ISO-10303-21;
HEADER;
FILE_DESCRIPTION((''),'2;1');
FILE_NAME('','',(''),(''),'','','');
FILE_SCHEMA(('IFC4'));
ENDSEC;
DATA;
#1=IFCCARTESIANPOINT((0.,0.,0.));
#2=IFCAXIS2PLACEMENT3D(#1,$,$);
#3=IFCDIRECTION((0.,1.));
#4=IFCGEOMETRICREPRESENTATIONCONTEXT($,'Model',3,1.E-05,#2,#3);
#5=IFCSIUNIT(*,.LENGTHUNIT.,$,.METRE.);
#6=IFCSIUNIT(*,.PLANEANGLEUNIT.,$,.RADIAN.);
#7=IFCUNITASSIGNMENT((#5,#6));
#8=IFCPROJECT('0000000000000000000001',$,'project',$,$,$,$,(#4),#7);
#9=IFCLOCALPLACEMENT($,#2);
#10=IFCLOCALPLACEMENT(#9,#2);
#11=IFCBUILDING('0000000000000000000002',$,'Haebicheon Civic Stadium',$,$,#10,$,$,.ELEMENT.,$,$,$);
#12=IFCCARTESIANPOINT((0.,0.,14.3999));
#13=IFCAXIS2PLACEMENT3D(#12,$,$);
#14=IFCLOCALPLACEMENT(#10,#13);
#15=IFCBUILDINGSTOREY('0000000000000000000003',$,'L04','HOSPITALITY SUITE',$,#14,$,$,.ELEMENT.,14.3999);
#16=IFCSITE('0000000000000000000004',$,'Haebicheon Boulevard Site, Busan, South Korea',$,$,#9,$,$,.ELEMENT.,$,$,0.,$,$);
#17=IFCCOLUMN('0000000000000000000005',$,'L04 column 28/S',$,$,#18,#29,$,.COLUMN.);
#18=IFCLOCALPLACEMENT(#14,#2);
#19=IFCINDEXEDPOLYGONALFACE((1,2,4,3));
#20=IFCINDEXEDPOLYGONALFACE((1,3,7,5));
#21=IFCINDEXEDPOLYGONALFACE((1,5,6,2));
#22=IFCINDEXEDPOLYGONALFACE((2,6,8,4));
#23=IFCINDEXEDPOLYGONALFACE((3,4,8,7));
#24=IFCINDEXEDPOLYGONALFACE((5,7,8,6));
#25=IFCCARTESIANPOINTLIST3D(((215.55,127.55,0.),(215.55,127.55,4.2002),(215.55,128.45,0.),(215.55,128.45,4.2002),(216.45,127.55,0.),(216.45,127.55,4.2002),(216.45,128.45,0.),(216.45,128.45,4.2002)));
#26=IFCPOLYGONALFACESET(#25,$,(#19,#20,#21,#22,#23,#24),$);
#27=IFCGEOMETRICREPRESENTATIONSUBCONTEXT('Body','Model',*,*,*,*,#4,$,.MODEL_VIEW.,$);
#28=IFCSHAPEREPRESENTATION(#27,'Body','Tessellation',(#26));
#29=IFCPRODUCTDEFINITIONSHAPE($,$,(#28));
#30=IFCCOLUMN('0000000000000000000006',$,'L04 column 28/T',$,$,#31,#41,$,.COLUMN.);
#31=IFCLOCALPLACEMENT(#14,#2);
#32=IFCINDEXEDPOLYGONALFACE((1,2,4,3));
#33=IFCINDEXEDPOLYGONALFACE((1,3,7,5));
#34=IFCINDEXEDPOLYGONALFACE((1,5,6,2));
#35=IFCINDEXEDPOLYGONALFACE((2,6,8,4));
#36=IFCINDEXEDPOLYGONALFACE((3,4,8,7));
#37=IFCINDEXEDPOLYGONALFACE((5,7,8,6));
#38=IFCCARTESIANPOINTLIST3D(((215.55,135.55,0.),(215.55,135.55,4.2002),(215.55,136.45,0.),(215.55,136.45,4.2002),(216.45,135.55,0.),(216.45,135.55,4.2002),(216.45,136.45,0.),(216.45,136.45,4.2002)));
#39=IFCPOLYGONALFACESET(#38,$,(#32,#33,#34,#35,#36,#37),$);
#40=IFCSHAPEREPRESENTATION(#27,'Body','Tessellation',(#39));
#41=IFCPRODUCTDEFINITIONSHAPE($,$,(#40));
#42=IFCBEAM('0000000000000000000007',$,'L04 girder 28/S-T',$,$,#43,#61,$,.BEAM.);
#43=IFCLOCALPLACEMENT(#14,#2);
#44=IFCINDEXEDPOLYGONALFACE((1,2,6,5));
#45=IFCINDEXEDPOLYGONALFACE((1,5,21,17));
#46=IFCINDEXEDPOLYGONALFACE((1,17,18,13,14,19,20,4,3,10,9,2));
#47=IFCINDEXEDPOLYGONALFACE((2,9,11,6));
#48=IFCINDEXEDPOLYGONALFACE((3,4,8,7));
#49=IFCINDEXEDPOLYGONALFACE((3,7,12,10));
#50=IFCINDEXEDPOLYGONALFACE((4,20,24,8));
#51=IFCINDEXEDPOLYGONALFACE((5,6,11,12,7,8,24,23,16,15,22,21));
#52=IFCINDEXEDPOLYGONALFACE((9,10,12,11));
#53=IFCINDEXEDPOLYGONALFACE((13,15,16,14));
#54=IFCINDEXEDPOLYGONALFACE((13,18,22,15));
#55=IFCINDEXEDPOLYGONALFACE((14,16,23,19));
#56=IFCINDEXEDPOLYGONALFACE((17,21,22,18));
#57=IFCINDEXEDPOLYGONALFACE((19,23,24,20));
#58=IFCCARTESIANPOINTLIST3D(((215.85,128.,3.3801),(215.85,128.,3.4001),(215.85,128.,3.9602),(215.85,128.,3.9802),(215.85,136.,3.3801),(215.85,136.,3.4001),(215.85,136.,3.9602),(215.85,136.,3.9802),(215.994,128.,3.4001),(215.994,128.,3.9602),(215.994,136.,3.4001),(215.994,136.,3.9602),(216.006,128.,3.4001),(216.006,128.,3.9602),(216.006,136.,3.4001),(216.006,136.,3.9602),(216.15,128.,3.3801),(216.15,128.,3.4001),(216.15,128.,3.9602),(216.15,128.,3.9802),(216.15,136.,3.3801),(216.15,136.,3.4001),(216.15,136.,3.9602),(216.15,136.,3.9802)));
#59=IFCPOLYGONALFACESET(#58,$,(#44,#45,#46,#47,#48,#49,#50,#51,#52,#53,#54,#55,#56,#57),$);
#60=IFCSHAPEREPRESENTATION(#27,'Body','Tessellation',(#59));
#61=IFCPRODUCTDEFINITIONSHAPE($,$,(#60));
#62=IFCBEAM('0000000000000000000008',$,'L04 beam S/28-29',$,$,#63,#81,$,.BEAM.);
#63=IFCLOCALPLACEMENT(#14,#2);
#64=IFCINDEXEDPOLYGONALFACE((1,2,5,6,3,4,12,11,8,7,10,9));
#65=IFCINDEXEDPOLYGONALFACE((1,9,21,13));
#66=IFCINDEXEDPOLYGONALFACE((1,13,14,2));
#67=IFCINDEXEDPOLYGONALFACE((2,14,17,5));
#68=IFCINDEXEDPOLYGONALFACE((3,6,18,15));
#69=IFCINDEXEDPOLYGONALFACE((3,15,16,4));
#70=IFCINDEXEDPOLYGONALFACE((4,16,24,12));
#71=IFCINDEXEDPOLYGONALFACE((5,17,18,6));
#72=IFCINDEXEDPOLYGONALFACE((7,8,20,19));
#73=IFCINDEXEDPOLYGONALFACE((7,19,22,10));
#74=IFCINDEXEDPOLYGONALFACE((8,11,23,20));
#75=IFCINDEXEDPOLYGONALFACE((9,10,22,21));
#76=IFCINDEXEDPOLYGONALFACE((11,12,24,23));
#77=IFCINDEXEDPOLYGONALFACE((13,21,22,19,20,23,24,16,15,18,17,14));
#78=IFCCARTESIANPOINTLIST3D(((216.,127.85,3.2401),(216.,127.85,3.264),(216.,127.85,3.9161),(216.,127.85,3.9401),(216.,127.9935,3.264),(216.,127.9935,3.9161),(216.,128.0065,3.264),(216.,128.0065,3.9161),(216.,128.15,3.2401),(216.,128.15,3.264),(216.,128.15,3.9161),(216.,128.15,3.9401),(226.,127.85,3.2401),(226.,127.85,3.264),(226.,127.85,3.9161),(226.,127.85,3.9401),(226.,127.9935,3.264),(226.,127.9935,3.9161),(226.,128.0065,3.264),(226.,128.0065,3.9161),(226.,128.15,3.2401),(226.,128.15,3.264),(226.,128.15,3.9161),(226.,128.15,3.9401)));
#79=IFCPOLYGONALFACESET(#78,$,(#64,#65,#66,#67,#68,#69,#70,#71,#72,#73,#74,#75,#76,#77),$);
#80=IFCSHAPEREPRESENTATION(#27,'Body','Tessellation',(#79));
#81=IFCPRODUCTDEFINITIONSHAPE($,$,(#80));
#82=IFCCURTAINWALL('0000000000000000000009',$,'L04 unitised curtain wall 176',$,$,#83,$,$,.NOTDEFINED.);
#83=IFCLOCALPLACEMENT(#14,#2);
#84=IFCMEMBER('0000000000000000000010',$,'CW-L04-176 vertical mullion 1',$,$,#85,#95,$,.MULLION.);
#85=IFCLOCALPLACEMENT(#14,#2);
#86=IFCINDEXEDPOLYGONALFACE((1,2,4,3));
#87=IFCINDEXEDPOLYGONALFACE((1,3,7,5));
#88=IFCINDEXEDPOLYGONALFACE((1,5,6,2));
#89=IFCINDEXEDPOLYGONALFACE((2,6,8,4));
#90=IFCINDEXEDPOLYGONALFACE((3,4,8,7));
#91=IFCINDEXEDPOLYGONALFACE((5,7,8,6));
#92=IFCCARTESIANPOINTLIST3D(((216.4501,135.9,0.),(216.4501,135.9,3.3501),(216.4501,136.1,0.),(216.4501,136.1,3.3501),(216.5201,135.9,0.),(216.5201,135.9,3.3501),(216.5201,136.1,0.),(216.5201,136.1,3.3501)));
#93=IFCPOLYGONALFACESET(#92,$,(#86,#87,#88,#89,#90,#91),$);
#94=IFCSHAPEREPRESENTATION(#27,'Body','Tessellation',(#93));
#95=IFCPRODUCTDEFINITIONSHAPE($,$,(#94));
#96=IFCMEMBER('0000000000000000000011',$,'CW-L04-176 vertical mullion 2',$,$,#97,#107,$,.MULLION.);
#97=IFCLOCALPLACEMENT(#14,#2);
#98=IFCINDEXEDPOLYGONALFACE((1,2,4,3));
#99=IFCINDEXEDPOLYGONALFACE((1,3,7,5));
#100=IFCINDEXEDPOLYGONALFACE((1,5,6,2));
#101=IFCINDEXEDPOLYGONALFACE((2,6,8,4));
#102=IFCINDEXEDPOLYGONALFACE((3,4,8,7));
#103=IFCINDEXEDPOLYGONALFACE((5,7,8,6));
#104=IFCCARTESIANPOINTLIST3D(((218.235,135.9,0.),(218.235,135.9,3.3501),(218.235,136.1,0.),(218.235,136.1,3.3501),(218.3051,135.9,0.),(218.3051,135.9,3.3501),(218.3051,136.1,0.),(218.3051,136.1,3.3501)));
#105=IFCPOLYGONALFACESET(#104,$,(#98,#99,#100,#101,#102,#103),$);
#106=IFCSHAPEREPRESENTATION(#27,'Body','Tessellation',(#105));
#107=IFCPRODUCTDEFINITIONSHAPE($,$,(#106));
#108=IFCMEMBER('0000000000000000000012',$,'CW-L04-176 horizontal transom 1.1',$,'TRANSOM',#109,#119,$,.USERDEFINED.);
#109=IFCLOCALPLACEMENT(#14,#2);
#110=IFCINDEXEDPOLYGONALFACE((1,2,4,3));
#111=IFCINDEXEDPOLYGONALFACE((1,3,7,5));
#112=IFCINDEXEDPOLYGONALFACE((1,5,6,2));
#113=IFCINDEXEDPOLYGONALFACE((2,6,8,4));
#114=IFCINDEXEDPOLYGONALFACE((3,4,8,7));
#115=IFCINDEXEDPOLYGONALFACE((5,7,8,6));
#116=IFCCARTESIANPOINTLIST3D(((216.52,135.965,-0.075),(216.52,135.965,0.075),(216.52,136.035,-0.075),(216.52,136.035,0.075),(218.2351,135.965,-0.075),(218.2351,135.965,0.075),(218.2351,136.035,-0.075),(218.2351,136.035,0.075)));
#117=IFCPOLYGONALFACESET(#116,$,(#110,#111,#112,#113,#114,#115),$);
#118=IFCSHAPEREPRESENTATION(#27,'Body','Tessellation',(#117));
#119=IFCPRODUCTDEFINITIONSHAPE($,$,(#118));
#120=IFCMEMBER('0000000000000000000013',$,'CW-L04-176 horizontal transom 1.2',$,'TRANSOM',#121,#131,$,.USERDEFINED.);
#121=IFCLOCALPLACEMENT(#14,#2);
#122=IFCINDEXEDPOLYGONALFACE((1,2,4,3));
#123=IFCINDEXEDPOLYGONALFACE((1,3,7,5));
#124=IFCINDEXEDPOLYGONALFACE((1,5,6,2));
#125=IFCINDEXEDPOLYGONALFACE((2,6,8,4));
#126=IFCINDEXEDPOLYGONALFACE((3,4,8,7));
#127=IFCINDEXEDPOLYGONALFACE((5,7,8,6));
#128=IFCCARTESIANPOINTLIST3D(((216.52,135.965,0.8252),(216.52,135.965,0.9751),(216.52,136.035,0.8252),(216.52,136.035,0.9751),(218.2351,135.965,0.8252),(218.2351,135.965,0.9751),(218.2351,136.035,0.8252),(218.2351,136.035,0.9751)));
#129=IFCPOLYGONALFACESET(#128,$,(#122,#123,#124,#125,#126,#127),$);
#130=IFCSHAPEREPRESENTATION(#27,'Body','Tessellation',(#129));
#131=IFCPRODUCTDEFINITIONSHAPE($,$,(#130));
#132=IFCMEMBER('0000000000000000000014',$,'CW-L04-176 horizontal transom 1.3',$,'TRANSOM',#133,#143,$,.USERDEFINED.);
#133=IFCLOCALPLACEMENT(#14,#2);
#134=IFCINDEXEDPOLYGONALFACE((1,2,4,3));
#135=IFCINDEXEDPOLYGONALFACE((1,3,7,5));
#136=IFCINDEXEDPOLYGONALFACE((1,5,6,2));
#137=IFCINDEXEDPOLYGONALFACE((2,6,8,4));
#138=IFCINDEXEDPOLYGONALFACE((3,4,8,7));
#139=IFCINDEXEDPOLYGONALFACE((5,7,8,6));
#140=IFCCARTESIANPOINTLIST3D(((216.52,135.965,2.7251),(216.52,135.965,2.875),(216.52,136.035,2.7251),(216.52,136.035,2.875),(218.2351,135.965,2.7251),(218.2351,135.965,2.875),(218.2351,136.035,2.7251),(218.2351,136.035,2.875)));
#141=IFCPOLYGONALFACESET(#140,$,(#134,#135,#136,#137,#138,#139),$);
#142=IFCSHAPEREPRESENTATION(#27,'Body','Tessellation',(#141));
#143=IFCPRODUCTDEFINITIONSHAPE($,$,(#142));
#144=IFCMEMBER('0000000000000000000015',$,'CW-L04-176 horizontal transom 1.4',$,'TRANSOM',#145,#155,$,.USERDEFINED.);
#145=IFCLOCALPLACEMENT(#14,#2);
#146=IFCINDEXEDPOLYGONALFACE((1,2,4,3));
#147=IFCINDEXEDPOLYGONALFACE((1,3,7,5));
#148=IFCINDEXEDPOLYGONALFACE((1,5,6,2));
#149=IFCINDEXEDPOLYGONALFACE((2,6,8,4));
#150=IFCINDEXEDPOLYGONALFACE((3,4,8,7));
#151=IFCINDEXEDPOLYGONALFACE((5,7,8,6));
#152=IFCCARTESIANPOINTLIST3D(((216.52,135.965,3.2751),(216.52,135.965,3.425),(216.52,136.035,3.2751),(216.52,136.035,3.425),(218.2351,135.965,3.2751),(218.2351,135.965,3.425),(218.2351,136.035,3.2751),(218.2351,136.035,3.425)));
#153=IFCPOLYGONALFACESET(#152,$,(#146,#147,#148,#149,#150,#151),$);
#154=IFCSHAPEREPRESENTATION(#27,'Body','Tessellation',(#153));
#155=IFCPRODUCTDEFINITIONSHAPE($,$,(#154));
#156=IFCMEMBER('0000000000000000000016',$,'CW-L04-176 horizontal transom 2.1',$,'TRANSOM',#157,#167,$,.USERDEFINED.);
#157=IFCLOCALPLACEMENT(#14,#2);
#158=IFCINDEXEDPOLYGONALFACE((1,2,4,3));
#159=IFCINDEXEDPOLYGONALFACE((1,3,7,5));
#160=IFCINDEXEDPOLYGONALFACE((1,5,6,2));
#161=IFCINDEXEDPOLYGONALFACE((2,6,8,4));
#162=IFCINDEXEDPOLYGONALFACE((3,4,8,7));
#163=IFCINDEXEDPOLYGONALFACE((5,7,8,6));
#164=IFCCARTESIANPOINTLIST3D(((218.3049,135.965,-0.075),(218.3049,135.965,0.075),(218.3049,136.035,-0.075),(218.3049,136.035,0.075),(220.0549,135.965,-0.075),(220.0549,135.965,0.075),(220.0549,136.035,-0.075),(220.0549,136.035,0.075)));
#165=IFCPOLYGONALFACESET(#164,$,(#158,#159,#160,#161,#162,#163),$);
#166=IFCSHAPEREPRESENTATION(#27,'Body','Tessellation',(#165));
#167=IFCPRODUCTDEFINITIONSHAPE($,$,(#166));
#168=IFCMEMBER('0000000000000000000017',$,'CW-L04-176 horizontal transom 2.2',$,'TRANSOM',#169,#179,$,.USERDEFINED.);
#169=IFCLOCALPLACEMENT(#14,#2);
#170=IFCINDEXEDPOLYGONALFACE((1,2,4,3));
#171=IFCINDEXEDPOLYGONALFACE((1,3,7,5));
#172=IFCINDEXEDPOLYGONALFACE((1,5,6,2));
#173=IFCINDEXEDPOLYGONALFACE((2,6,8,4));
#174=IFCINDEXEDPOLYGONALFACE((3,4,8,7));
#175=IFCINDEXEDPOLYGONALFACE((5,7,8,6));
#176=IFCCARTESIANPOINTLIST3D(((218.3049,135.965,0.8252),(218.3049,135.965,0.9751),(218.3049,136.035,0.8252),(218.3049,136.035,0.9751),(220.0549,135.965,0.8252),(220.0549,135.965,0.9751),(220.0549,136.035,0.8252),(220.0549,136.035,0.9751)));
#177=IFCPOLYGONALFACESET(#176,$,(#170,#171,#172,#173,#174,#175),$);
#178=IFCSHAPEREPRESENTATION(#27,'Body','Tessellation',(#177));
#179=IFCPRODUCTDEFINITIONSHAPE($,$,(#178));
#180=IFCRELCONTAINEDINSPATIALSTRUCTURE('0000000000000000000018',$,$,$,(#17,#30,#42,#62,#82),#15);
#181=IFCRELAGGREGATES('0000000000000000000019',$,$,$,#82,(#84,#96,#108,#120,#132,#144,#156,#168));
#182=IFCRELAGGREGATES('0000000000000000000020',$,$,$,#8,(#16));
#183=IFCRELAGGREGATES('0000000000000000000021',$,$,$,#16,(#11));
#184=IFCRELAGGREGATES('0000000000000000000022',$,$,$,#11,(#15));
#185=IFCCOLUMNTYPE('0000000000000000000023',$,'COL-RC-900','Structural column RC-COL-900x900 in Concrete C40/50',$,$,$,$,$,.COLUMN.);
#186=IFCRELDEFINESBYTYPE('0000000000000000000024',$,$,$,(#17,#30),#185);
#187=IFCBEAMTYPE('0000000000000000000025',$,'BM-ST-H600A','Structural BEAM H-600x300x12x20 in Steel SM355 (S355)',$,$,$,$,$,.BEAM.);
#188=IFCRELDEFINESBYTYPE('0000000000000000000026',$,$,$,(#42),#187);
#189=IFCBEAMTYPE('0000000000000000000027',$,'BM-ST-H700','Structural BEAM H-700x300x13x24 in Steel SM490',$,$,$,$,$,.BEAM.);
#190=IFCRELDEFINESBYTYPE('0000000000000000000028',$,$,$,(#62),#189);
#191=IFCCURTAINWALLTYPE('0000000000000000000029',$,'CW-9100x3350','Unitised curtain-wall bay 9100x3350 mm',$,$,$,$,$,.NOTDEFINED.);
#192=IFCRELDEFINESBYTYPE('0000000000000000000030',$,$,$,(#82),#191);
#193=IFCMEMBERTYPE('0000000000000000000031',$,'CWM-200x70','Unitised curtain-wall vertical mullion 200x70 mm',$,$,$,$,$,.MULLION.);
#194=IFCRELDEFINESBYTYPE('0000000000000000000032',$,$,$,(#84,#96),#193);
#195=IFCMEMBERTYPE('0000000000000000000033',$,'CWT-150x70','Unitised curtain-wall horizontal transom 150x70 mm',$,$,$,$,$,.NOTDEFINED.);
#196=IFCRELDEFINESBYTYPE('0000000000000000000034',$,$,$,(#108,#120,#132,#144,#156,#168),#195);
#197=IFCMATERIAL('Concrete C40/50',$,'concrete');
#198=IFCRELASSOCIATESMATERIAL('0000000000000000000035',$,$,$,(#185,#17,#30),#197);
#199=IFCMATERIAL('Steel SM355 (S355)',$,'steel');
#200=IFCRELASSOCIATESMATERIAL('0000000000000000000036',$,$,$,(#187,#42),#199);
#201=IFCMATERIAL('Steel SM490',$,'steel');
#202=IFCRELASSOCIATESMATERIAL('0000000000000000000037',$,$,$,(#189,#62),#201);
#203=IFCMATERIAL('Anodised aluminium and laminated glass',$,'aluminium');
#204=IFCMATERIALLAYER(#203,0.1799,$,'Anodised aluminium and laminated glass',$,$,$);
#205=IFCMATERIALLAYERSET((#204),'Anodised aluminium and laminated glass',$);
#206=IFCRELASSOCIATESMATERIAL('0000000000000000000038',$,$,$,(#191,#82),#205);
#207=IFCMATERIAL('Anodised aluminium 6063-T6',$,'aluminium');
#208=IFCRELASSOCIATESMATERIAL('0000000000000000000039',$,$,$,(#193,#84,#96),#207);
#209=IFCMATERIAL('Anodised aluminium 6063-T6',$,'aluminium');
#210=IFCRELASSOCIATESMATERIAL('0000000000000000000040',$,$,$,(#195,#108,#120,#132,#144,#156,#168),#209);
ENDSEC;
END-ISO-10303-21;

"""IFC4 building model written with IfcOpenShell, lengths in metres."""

from ifc_helpers import new_model, si_unit, direction, frame, origin, origin_2d, place, context, subcontext, project, spatial, rectangle, i_section, extrude, material, layer, layer_set, material_profile, profile_set, type_object, element, aggregate, save


model = new_model("IFC4")

# Units and contexts
model_context = context("Model", 3, precision=1e-05, world=origin(), true_north=direction((0.0, 1.0)))
body_context = subcontext(model_context, "Body", "Model", "MODEL_VIEW")
ifc_project = project(units=[si_unit("LENGTHUNIT", "METRE"), si_unit("PLANEANGLEUNIT", "RADIAN")], contexts=[model_context])

# Site, building, storey
site_placement = place(None, origin())
site = spatial("IfcSite", under=ifc_project, at=site_placement, Name="Haebicheon Boulevard Site, Busan, South Korea", CompositionType="ELEMENT", RefElevation=0.0)
building_placement = place(site_placement, origin())
building = spatial("IfcBuilding", under=site, at=building_placement, Name="Haebicheon Civic Stadium", CompositionType="ELEMENT")
storey_placement = place(building_placement, frame((0.0, 0.0, 14.3999)))
storey = spatial("IfcBuildingStorey", under=building, at=storey_placement, Name="L04", Description="HOSPITALITY SUITE", CompositionType="ELEMENT", Elevation=14.3999)

# Columns
ifc_material_1 = material(Name="Concrete C40/50", Category="concrete")
ifc_material_profile_1 = material_profile(ifc_material_1, rectangle(XDim=0.8999, YDim=0.8999, at=origin_2d()), Name="RC-COL-900x900")
ifc_profile_set_1 = profile_set([ifc_material_profile_1], Name="Concrete C40/50")
column_type = type_object("IfcColumnType", Name="COL-RC-900", Description="Structural column RC-COL-900x900 in Concrete C40/50", PredefinedType="COLUMN", material=ifc_profile_set_1)
for number, where, z_axis, x_axis, name in (
    (1, (216.0, 128.0, 0.0), (0.0, 0.0, 1.0), (1.0, 0.0, 0.0), "L04 column 28/S"),
    (2, (216.0, 136.0, 0.0), (0.0, 0.0, 1.0), (1.0, 0.0, 0.0), "L04 column 28/T"),
):
    element("IfcColumn", number, at=place(storey_placement, frame(where, z_axis=z_axis, x_axis=x_axis)), inside=storey, type_object=column_type, material=ifc_profile_set_1, Name=name, PredefinedType="COLUMN", context=body_context, shape_type="SweptSolid", body=[
        extrude(rectangle(XDim=0.8999, YDim=0.8999, at=origin_2d()), origin(), (0.0, 0.0, 1.0), 4.2002),
    ])

# Beams
ifc_material_2 = material(Name="Steel SM355 (S355)", Category="steel")
ifc_material_profile_2 = material_profile(ifc_material_2, i_section(OverallWidth=0.3, OverallDepth=0.6001, WebThickness=0.012, FlangeThickness=0.02, at=origin_2d()), Name="H-600x300x12x20")
ifc_profile_set_2 = profile_set([ifc_material_profile_2], Name="Steel SM355 (S355)")
beam_type_1 = type_object("IfcBeamType", Name="BM-ST-H600A", Description="Structural BEAM H-600x300x12x20 in Steel SM355 (S355)", PredefinedType="BEAM", material=ifc_profile_set_2)
beam_1_placement = place(storey_placement, frame((216.0, 128.0, 3.6802), z_axis=(0.0, 1.0, 0.0), x_axis=(-1.0, 0.0, 0.0)))
element("IfcBeam", 3, at=beam_1_placement, inside=storey, type_object=beam_type_1, material=ifc_profile_set_2, Name="L04 girder 28/S-T", PredefinedType="BEAM", context=body_context, shape_type="SweptSolid", body=[
    extrude(i_section(OverallWidth=0.3, OverallDepth=0.6001, WebThickness=0.012, FlangeThickness=0.02, at=origin_2d()), origin(), (0.0, 0.0, 1.0), 8.0),
])
ifc_material_3 = material(Name="Steel SM490", Category="steel")
ifc_material_profile_3 = material_profile(ifc_material_3, i_section(OverallWidth=0.3, OverallDepth=0.7, WebThickness=0.0129, FlangeThickness=0.0239, at=origin_2d()), Name="H-700x300x13x24")
ifc_profile_set_3 = profile_set([ifc_material_profile_3], Name="Steel SM490")
beam_type_2 = type_object("IfcBeamType", Name="BM-ST-H700", Description="Structural BEAM H-700x300x13x24 in Steel SM490", PredefinedType="BEAM", material=ifc_profile_set_3)
beam_2_placement = place(storey_placement, frame((216.0, 128.0, 3.5901), z_axis=(1.0, 0.0, 0.0), x_axis=(0.0, 1.0, 0.0)))
element("IfcBeam", 4, at=beam_2_placement, inside=storey, type_object=beam_type_2, material=ifc_profile_set_3, Name="L04 beam S/28-29", PredefinedType="BEAM", context=body_context, shape_type="SweptSolid", body=[
    extrude(i_section(OverallWidth=0.3, OverallDepth=0.7, WebThickness=0.0129, FlangeThickness=0.0239, at=origin_2d()), origin(), (0.0, 0.0, 1.0), 10.0),
])

# Curtain wall, members
ifc_material_4 = material(Name="Anodised aluminium and laminated glass", Category="aluminium")
ifc_layer_1 = layer(ifc_material_4, 0.1799, Name="Anodised aluminium and laminated glass")
ifc_layer_set_1 = layer_set([ifc_layer_1], Name="Anodised aluminium and laminated glass")
curtain_wall_type = type_object("IfcCurtainWallType", Name="CW-9100x3350", Description="Unitised curtain-wall bay 9100x3350 mm", PredefinedType="NOTDEFINED", material=ifc_layer_set_1)
curtain_wall_placement = place(storey_placement, origin())
curtain_wall = element("IfcCurtainWall", 5, at=curtain_wall_placement, inside=storey, type_object=curtain_wall_type, material=ifc_layer_set_1, Name="L04 unitised curtain wall 176", PredefinedType="NOTDEFINED")
ifc_material_5 = material(Name="Anodised aluminium 6063-T6", Category="aluminium")
ifc_material_profile_4 = material_profile(ifc_material_5, rectangle(XDim=0.0701, YDim=0.2, at=origin_2d()), Name="ALU-MULL-70x200")
ifc_profile_set_4 = profile_set([ifc_material_profile_4], Name="Anodised aluminium 6063-T6")
member_type_1 = type_object("IfcMemberType", Name="CWM-200x70", Description="Unitised curtain-wall vertical mullion 200x70 mm", PredefinedType="MULLION", material=ifc_profile_set_4)
member_1_placement = place(storey_placement, frame((216.4851, 136.0, 0.0), z_axis=(0.0, 0.0, 1.0), x_axis=(1.0, 0.0, 0.0)))
member_1 = element("IfcMember", 6, at=member_1_placement, type_object=member_type_1, material=ifc_profile_set_4, Name="CW-L04-176 vertical mullion 1", PredefinedType="MULLION", context=body_context, shape_type="SweptSolid", body=[
    extrude(rectangle(XDim=0.0701, YDim=0.2, at=origin_2d()), origin(), (0.0, 0.0, 1.0), 3.3501),
])
member_2_placement = place(storey_placement, frame((218.27, 136.0, 0.0), z_axis=(0.0, 0.0, 1.0), x_axis=(1.0, 0.0, 0.0)))
member_2 = element("IfcMember", 7, at=member_2_placement, type_object=member_type_1, material=ifc_profile_set_4, Name="CW-L04-176 vertical mullion 2", PredefinedType="MULLION", context=body_context, shape_type="SweptSolid", body=[
    extrude(rectangle(XDim=0.0701, YDim=0.2, at=origin_2d()), origin(), (0.0, 0.0, 1.0), 3.3501),
])
ifc_material_6 = material(Name="Anodised aluminium 6063-T6", Category="aluminium")
ifc_material_profile_5 = material_profile(ifc_material_6, rectangle(XDim=0.0701, YDim=0.1499, at=origin_2d()), Name="ALU-TRAN-70x150")
ifc_profile_set_5 = profile_set([ifc_material_profile_5], Name="Anodised aluminium 6063-T6")
member_type_2 = type_object("IfcMemberType", Name="CWT-150x70", Description="Unitised curtain-wall horizontal transom 150x70 mm", PredefinedType="NOTDEFINED", material=ifc_profile_set_5)
member_3_placement = place(storey_placement, frame((216.52, 136.0, 0.0), z_axis=(1.0, 0.0, 0.0), x_axis=(0.0, 1.0, 0.0)))
member_3 = element("IfcMember", 8, at=member_3_placement, type_object=member_type_2, material=ifc_profile_set_5, Name="CW-L04-176 horizontal transom 1.1", ObjectType="TRANSOM", PredefinedType="USERDEFINED", context=body_context, shape_type="SweptSolid", body=[
    extrude(rectangle(XDim=0.0701, YDim=0.1499, at=origin_2d()), origin(), (0.0, 0.0, 1.0), 1.7151),
])
member_4_placement = place(storey_placement, frame((216.52, 136.0, 0.9001), z_axis=(1.0, 0.0, 0.0), x_axis=(0.0, 1.0, 0.0)))
member_4 = element("IfcMember", 9, at=member_4_placement, type_object=member_type_2, material=ifc_profile_set_5, Name="CW-L04-176 horizontal transom 1.2", ObjectType="TRANSOM", PredefinedType="USERDEFINED", context=body_context, shape_type="SweptSolid", body=[
    extrude(rectangle(XDim=0.0701, YDim=0.1499, at=origin_2d()), origin(), (0.0, 0.0, 1.0), 1.7151),
])
member_5_placement = place(storey_placement, frame((216.52, 136.0, 2.8), z_axis=(1.0, 0.0, 0.0), x_axis=(0.0, 1.0, 0.0)))
member_5 = element("IfcMember", 10, at=member_5_placement, type_object=member_type_2, material=ifc_profile_set_5, Name="CW-L04-176 horizontal transom 1.3", ObjectType="TRANSOM", PredefinedType="USERDEFINED", context=body_context, shape_type="SweptSolid", body=[
    extrude(rectangle(XDim=0.0701, YDim=0.1499, at=origin_2d()), origin(), (0.0, 0.0, 1.0), 1.7151),
])
member_6_placement = place(storey_placement, frame((216.52, 136.0, 3.3501), z_axis=(1.0, 0.0, 0.0), x_axis=(0.0, 1.0, 0.0)))
member_6 = element("IfcMember", 11, at=member_6_placement, type_object=member_type_2, material=ifc_profile_set_5, Name="CW-L04-176 horizontal transom 1.4", ObjectType="TRANSOM", PredefinedType="USERDEFINED", context=body_context, shape_type="SweptSolid", body=[
    extrude(rectangle(XDim=0.0701, YDim=0.1499, at=origin_2d()), origin(), (0.0, 0.0, 1.0), 1.7151),
])
member_7_placement = place(storey_placement, frame((218.3049, 136.0, 0.0), z_axis=(1.0, 0.0, 0.0), x_axis=(0.0, 1.0, 0.0)))
member_7 = element("IfcMember", 12, at=member_7_placement, type_object=member_type_2, material=ifc_profile_set_5, Name="CW-L04-176 horizontal transom 2.1", ObjectType="TRANSOM", PredefinedType="USERDEFINED", context=body_context, shape_type="SweptSolid", body=[
    extrude(rectangle(XDim=0.0701, YDim=0.1499, at=origin_2d()), origin(), (0.0, 0.0, 1.0), 1.75),
])
member_8_placement = place(storey_placement, frame((218.3049, 136.0, 0.9001), z_axis=(1.0, 0.0, 0.0), x_axis=(0.0, 1.0, 0.0)))
member_8 = element("IfcMember", 13, at=member_8_placement, type_object=member_type_2, material=ifc_profile_set_5, Name="CW-L04-176 horizontal transom 2.2", ObjectType="TRANSOM", PredefinedType="USERDEFINED", context=body_context, shape_type="SweptSolid", body=[
    extrude(rectangle(XDim=0.0701, YDim=0.1499, at=origin_2d()), origin(), (0.0, 0.0, 1.0), 1.75),
])

aggregate(curtain_wall, [member_1, member_2, member_3, member_4, member_5, member_6, member_7, member_8])

save(model, "model.ifc")
